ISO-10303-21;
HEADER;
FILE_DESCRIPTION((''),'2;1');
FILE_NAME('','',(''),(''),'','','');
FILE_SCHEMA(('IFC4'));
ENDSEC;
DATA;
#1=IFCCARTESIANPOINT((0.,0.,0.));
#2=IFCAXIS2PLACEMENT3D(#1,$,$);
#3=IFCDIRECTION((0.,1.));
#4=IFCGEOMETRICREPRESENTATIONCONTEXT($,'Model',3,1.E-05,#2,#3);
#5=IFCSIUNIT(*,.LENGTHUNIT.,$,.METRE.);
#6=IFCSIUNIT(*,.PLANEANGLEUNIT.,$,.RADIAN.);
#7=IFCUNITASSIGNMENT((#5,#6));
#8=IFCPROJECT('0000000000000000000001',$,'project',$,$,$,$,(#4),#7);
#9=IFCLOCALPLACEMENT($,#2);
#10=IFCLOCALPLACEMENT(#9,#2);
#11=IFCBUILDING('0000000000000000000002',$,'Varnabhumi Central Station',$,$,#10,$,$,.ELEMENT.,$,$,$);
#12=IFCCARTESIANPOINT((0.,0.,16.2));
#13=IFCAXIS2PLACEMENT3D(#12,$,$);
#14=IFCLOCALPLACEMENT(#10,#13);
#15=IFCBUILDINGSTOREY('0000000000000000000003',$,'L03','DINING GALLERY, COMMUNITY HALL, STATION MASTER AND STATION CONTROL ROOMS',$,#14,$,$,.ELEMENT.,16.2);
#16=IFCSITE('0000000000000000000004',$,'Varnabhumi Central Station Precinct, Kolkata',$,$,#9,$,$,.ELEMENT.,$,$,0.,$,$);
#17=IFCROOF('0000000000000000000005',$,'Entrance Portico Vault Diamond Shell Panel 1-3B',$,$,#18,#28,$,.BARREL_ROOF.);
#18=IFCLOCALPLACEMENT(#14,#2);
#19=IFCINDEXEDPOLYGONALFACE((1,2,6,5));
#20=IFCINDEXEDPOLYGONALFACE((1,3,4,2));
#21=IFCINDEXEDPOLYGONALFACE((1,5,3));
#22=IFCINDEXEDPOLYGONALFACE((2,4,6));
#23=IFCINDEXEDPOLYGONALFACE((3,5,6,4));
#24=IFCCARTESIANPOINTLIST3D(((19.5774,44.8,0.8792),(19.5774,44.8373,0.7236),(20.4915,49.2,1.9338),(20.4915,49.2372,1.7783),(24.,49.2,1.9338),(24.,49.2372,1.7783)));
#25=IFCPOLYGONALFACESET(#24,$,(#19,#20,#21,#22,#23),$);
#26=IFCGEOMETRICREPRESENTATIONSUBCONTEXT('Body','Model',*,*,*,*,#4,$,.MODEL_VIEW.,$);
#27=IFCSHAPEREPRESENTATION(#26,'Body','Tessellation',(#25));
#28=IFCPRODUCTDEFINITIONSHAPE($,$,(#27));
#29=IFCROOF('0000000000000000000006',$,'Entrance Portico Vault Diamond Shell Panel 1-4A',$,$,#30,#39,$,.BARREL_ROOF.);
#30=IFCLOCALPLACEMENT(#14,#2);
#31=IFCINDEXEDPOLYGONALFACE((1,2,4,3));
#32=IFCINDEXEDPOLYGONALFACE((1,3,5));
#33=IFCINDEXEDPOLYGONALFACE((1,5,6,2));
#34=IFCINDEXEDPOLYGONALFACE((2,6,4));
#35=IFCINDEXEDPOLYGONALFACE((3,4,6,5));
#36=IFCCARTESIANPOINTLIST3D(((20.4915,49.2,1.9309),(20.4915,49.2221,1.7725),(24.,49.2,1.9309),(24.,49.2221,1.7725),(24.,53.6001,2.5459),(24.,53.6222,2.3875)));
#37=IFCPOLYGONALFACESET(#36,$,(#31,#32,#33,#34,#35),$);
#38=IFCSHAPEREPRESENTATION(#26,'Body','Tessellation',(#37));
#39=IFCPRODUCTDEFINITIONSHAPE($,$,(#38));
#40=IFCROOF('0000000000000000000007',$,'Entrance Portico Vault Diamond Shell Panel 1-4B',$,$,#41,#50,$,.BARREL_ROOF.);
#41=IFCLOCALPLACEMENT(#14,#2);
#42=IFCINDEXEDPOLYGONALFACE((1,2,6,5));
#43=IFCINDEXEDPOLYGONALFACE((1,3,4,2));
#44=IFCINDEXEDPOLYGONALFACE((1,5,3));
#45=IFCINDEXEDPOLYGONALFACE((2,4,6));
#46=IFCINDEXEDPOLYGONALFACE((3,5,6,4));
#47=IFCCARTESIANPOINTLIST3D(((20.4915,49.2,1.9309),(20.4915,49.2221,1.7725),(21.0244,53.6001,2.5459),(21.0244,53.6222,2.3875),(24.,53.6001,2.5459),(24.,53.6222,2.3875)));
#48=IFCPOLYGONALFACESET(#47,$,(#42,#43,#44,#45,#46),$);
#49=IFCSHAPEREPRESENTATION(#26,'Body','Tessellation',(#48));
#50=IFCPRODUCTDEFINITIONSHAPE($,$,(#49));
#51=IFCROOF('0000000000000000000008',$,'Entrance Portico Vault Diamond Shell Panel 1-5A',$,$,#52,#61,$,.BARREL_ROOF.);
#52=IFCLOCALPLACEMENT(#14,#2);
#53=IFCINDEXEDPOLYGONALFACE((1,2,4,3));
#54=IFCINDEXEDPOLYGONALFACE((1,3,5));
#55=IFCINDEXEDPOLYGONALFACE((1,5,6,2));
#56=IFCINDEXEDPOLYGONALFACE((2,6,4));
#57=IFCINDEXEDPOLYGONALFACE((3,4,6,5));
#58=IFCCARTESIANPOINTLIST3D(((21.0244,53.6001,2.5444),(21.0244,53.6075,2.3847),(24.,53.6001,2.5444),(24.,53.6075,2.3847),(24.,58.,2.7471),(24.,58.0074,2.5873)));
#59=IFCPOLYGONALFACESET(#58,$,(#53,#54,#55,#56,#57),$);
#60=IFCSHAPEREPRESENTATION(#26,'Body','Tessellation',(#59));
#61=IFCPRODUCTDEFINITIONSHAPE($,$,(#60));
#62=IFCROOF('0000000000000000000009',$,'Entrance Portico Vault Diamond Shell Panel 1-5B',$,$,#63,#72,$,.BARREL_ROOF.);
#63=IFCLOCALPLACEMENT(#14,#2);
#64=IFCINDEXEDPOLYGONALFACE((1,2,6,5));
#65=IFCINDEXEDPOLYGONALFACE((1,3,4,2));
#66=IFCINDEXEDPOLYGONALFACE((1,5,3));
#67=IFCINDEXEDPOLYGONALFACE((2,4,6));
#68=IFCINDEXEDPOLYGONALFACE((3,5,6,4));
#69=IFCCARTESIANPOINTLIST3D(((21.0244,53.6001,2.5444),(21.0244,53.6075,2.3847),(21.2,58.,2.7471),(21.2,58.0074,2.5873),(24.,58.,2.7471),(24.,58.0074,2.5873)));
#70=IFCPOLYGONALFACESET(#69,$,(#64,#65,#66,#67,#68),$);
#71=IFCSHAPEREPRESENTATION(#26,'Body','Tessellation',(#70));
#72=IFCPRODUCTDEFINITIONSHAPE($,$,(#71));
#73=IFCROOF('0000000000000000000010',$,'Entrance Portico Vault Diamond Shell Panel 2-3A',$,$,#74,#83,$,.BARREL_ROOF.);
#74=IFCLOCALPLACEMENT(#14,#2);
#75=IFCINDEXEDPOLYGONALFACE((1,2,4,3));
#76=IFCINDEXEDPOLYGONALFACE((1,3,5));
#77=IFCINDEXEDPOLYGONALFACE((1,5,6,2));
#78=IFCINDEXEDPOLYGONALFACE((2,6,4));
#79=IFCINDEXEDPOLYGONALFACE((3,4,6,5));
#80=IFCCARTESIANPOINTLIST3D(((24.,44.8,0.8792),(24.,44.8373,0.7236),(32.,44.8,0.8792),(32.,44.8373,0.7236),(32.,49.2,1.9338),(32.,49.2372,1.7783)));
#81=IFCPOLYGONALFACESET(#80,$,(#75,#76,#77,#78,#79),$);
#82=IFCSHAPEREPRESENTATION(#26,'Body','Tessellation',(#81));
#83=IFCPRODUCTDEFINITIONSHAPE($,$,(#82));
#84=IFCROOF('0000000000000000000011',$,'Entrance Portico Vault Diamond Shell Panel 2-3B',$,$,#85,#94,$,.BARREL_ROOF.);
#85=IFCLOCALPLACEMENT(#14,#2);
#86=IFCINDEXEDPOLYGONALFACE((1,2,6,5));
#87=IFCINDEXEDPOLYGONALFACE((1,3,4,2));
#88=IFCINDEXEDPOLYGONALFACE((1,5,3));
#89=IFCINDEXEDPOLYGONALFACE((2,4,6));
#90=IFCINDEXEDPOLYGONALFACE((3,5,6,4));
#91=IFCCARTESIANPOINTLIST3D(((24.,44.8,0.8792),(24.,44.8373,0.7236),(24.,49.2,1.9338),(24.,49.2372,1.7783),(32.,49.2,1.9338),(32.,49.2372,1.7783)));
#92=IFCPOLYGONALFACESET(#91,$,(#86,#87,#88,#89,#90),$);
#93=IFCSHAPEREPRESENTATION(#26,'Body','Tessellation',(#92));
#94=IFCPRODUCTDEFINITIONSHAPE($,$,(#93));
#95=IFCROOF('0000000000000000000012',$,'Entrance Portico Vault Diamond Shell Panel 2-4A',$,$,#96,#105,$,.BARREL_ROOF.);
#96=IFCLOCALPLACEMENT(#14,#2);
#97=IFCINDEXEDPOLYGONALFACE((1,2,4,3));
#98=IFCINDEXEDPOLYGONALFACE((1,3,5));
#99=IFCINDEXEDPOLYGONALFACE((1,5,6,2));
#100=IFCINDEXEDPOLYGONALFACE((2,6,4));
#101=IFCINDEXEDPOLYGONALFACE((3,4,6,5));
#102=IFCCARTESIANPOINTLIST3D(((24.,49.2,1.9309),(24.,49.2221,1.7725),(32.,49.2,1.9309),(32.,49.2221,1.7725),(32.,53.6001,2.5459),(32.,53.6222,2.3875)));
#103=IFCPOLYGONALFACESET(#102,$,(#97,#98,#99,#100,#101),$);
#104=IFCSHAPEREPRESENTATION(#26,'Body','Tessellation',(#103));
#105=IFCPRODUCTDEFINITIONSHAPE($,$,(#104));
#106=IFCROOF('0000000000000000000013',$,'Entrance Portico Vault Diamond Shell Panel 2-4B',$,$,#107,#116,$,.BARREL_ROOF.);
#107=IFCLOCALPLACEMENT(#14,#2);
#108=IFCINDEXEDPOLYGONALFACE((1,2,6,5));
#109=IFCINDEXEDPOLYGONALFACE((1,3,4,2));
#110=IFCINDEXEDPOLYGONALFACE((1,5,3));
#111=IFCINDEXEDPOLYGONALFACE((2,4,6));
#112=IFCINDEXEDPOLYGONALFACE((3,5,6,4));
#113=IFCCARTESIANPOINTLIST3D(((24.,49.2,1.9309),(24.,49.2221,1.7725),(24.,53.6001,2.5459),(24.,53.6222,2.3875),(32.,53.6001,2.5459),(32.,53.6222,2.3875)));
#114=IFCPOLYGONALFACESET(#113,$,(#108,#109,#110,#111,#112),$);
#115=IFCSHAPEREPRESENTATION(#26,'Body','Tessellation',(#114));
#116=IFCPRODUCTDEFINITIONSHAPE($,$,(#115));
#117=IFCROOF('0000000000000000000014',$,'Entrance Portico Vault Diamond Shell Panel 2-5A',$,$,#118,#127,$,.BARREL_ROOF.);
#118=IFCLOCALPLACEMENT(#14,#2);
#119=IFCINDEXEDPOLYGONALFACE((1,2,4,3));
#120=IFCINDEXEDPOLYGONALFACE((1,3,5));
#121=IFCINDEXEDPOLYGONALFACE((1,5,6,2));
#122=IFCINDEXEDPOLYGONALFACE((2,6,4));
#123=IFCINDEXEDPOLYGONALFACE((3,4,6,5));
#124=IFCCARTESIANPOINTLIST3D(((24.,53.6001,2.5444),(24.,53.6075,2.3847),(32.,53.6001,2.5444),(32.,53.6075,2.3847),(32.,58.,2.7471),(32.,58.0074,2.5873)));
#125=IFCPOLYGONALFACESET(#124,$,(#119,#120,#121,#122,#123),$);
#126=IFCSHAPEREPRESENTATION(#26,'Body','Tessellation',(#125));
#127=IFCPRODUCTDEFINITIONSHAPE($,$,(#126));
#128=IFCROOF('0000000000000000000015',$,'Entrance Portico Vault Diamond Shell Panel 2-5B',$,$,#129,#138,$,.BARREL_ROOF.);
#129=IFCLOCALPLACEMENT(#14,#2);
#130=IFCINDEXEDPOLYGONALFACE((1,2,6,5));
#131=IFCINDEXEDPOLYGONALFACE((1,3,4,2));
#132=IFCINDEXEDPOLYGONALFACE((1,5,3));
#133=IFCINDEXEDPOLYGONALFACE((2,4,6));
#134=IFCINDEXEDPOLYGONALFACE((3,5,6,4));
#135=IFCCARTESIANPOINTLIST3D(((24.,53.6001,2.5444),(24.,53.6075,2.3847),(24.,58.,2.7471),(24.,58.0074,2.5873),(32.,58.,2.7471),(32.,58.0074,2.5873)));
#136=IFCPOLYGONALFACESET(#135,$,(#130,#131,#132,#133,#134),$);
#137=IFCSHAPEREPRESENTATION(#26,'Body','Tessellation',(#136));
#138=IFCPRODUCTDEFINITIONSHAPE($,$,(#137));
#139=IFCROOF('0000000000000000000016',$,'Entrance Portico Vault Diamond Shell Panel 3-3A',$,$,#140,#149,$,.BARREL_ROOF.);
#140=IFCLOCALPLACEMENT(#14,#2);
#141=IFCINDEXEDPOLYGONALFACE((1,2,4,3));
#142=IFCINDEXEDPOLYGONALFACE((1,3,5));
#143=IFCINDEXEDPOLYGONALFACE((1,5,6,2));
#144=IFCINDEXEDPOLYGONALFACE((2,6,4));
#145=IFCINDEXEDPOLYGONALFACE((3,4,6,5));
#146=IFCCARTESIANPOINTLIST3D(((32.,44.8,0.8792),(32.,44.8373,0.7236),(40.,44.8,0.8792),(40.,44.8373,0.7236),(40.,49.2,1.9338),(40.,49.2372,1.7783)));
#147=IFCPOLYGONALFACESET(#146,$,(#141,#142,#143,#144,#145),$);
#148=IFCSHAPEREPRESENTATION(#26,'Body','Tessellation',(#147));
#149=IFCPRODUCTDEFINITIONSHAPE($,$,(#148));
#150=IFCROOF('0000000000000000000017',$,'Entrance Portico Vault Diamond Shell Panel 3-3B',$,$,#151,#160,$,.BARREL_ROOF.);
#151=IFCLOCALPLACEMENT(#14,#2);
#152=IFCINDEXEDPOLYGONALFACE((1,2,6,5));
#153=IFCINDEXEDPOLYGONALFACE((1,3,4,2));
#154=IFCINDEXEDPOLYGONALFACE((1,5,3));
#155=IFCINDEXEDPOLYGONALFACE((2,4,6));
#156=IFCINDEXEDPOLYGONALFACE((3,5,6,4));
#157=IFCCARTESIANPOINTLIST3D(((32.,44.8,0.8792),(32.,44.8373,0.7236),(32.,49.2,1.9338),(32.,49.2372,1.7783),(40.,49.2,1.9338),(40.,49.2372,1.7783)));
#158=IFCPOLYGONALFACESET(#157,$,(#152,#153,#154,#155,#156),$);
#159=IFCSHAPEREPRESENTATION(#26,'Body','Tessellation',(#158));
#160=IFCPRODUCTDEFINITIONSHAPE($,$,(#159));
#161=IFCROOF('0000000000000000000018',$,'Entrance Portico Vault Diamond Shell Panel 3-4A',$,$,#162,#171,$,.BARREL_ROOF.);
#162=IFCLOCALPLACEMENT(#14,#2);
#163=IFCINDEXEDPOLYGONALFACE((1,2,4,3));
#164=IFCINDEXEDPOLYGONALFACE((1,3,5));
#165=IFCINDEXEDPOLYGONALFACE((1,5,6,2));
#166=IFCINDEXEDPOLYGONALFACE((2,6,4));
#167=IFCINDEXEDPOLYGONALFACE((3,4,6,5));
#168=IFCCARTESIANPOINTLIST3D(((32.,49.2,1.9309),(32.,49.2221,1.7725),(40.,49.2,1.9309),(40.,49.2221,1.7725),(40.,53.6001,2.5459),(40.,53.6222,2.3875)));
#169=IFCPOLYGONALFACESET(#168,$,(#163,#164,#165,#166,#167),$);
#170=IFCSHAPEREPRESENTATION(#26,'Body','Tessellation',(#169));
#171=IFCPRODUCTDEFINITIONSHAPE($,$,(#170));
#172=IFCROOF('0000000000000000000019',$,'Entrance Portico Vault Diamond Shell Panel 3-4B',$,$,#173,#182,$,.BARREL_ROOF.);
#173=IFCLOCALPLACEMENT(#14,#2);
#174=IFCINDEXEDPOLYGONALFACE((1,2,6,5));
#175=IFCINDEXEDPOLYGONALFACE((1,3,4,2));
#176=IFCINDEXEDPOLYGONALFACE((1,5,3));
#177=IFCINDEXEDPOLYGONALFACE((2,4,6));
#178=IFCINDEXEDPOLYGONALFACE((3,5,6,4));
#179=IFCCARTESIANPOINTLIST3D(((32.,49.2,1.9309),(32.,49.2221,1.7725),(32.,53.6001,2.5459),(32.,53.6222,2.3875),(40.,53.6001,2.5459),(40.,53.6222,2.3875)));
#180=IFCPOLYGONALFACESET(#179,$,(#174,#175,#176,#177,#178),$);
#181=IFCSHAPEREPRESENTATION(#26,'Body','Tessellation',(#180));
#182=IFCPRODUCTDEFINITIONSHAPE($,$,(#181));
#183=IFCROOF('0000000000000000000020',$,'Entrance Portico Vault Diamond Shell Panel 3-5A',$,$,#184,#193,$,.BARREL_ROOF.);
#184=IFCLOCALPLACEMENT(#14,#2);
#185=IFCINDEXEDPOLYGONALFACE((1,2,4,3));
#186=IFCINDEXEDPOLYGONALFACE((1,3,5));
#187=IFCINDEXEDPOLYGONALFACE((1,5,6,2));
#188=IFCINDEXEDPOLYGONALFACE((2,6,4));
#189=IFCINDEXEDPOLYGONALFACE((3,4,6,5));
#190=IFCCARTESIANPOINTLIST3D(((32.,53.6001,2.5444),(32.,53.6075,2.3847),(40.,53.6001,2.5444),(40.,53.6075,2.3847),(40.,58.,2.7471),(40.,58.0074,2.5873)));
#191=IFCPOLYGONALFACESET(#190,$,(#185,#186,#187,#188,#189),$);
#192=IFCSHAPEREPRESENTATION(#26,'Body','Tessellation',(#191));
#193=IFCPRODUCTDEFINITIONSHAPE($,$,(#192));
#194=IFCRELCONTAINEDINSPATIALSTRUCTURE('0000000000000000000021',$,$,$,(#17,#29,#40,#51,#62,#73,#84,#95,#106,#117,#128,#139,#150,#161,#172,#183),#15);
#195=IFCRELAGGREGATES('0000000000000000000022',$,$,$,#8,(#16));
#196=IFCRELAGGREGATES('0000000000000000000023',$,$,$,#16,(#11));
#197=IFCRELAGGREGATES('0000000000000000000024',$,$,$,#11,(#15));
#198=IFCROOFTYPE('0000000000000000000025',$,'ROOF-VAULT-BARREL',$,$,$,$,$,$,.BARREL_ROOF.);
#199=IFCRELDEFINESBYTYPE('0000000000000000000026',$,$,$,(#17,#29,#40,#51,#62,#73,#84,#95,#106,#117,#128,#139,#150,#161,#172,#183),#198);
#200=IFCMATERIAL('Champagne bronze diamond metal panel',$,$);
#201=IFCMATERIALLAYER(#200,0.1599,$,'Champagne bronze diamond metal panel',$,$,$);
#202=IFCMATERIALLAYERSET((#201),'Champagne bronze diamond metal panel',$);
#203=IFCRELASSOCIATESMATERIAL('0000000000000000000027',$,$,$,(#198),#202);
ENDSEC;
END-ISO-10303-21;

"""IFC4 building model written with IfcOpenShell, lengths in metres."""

from ifc_helpers import new_model, si_unit, direction, frame, origin, place, context, subcontext, project, spatial, polyline, outline, extrude, material, layer, layer_set, type_object, element, save


model = new_model("IFC4")

# Units and contexts
model_context = context("Model", 3, precision=1e-05, world=origin(), true_north=direction((0.0, 1.0)))
body_context = subcontext(model_context, "Body", "Model", "MODEL_VIEW")
ifc_project = project(units=[si_unit("LENGTHUNIT", "METRE"), si_unit("PLANEANGLEUNIT", "RADIAN")], contexts=[model_context])

# Site, building, storey
site_placement = place(None, origin())
site = spatial("IfcSite", under=ifc_project, at=site_placement, Name="Varnabhumi Central Station Precinct, Kolkata", CompositionType="ELEMENT", RefElevation=0.0)
building_placement = place(site_placement, origin())
building = spatial("IfcBuilding", under=site, at=building_placement, Name="Varnabhumi Central Station", CompositionType="ELEMENT")
storey_placement = place(building_placement, frame((0.0, 0.0, 16.2)))
storey = spatial("IfcBuildingStorey", under=building, at=storey_placement, Name="L03", Description="DINING GALLERY, COMMUNITY HALL, STATION MASTER AND STATION CONTROL ROOMS", CompositionType="ELEMENT", Elevation=16.2)

# Roofs
ifc_material_1 = material(Name="Champagne bronze diamond metal panel")
ifc_layer_1 = layer(ifc_material_1, 0.1599, Name="Champagne bronze diamond metal panel")
ifc_layer_set_1 = layer_set([ifc_layer_1], Name="Champagne bronze diamond metal panel")
roof_type = type_object("IfcRoofType", Name="ROOF-VAULT-BARREL", PredefinedType="BARREL_ROOF", material=ifc_layer_set_1)
roof_1_placement = place(storey_placement, frame((19.5774, 44.8, 0.8792), z_axis=(0.0, -0.233104, 0.972452), x_axis=(0.699005, 0.695417, 0.166696)))
element("IfcRoof", 1, at=roof_1_placement, inside=storey, type_object=roof_type, Name="Entrance Portico Vault Diamond Shell Panel 1-3B", PredefinedType="BARREL_ROOF", context=body_context, shape_type="SweptSolid", body=[
    extrude(outline(polyline([(0.0, 0.0), (6.327, 0.0), (3.8745, 2.509), (0.0, 0.0)])), origin(), (0.0, 0.0, -1.0), 0.1599),
])
roof_2_placement = place(storey_placement, frame((20.4915, 49.2, 1.9309), z_axis=(0.0, -0.13842, 0.990374), x_axis=(1.0, 0.0, 0.0)))
element("IfcRoof", 2, at=roof_2_placement, inside=storey, type_object=roof_type, Name="Entrance Portico Vault Diamond Shell Panel 1-4A", PredefinedType="BARREL_ROOF", context=body_context, shape_type="SweptSolid", body=[
    extrude(outline(polyline([(0.0, 0.0), (3.5085, 0.0), (3.5085, 4.4429), (0.0, 0.0)])), origin(), (0.0, 0.0, -1.0), 0.1599),
])
roof_3_placement = place(storey_placement, frame((20.4915, 49.2, 1.9309), z_axis=(0.0, -0.13842, 0.990374), x_axis=(0.619751, 0.777244, 0.108632)))
element("IfcRoof", 3, at=roof_3_placement, inside=storey, type_object=roof_type, Name="Entrance Portico Vault Diamond Shell Panel 1-4B", PredefinedType="BARREL_ROOF", context=body_context, shape_type="SweptSolid", body=[
    extrude(outline(polyline([(0.0, 0.0), (5.6612, 0.0), (3.8171, 2.3352), (0.0, 0.0)])), origin(), (0.0, 0.0, -1.0), 0.1599),
])
roof_4_placement = place(storey_placement, frame((21.0244, 53.6001, 2.5444), z_axis=(0.0, -0.046006, 0.998941), x_axis=(1.0, 0.0, 0.0)))
element("IfcRoof", 4, at=roof_4_placement, inside=storey, type_object=roof_type, Name="Entrance Portico Vault Diamond Shell Panel 1-5A", PredefinedType="BARREL_ROOF", context=body_context, shape_type="SweptSolid", body=[
    extrude(outline(polyline([(0.0, 0.0), (2.9756, 0.0), (2.9756, 4.4046), (0.0, 0.0)])), origin(), (0.0, 0.0, -1.0), 0.1599),
])
roof_5_placement = place(storey_placement, frame((21.0244, 53.6001, 2.5444), z_axis=(0.0, -0.046006, 0.998941), x_axis=(0.559796, 0.827753, 0.038122)))
element("IfcRoof", 5, at=roof_5_placement, inside=storey, type_object=roof_type, Name="Entrance Portico Vault Diamond Shell Panel 1-5B", PredefinedType="BARREL_ROOF", context=body_context, shape_type="SweptSolid", body=[
    extrude(outline(polyline([(0.0, 0.0), (5.3155, 0.0), (3.748, 2.3202), (0.0, 0.0)])), origin(), (0.0, 0.0, -1.0), 0.1599),
])
roof_6_placement = place(storey_placement, frame((24.0, 44.8, 0.8792), z_axis=(0.0, -0.233104, 0.972452), x_axis=(1.0, 0.0, 0.0)))
element("IfcRoof", 6, at=roof_6_placement, inside=storey, type_object=roof_type, Name="Entrance Portico Vault Diamond Shell Panel 2-3A", PredefinedType="BARREL_ROOF", context=body_context, shape_type="SweptSolid", body=[
    extrude(outline(polyline([(0.0, 0.0), (8.0, 0.0), (8.0, 4.5245), (0.0, 0.0)])), origin(), (0.0, 0.0, -1.0), 0.1599),
])
roof_7_placement = place(storey_placement, frame((24.0, 44.8, 0.8792), z_axis=(0.0, -0.233104, 0.972452), x_axis=(0.870432, 0.478727, 0.114754)))
element("IfcRoof", 7, at=roof_7_placement, inside=storey, type_object=roof_type, Name="Entrance Portico Vault Diamond Shell Panel 2-3B", PredefinedType="BARREL_ROOF", context=body_context, shape_type="SweptSolid", body=[
    extrude(outline(polyline([(0.0, 0.0), (9.1908, 0.0), (2.2274, 3.9383), (0.0, 0.0)])), origin(), (0.0, 0.0, -1.0), 0.1599),
])
roof_8_placement = place(storey_placement, frame((24.0, 49.2, 1.9309), z_axis=(0.0, -0.13842, 0.990374), x_axis=(1.0, 0.0, 0.0)))
element("IfcRoof", 8, at=roof_8_placement, inside=storey, type_object=roof_type, Name="Entrance Portico Vault Diamond Shell Panel 2-4A", PredefinedType="BARREL_ROOF", context=body_context, shape_type="SweptSolid", body=[
    extrude(outline(polyline([(0.0, 0.0), (8.0, 0.0), (8.0, 4.4429), (0.0, 0.0)])), origin(), (0.0, 0.0, -1.0), 0.1599),
])
roof_9_placement = place(storey_placement, frame((24.0, 49.2, 1.9309), z_axis=(0.0, -0.13842, 0.990374), x_axis=(0.874228, 0.480842, 0.067205)))
element("IfcRoof", 9, at=roof_9_placement, inside=storey, type_object=roof_type, Name="Entrance Portico Vault Diamond Shell Panel 2-4B", PredefinedType="BARREL_ROOF", context=body_context, shape_type="SweptSolid", body=[
    extrude(outline(polyline([(0.0, 0.0), (9.1509, 0.0), (2.1571, 3.8841), (0.0, 0.0)])), origin(), (0.0, 0.0, -1.0), 0.1599),
])
roof_10_placement = place(storey_placement, frame((24.0, 53.6001, 2.5444), z_axis=(0.0, -0.046006, 0.998941), x_axis=(1.0, 0.0, 0.0)))
element("IfcRoof", 10, at=roof_10_placement, inside=storey, type_object=roof_type, Name="Entrance Portico Vault Diamond Shell Panel 2-5A", PredefinedType="BARREL_ROOF", context=body_context, shape_type="SweptSolid", body=[
    extrude(outline(polyline([(0.0, 0.0), (8.0, 0.0), (8.0, 4.4046), (0.0, 0.0)])), origin(), (0.0, 0.0, -1.0), 0.1599),
])
roof_11_placement = place(storey_placement, frame((24.0, 53.6001, 2.5444), z_axis=(0.0, -0.046006, 0.998941), x_axis=(0.876005, 0.481792, 0.022189)))
element("IfcRoof", 11, at=roof_11_placement, inside=storey, type_object=roof_type, Name="Entrance Portico Vault Diamond Shell Panel 2-5B", PredefinedType="BARREL_ROOF", context=body_context, shape_type="SweptSolid", body=[
    extrude(outline(polyline([(0.0, 0.0), (9.1324, 0.0), (2.1243, 3.8584), (0.0, 0.0)])), origin(), (0.0, 0.0, -1.0), 0.1599),
])
roof_12_placement = place(storey_placement, frame((32.0, 44.8, 0.8792), z_axis=(0.0, -0.233104, 0.972452), x_axis=(1.0, 0.0, 0.0)))
element("IfcRoof", 12, at=roof_12_placement, inside=storey, type_object=roof_type, Name="Entrance Portico Vault Diamond Shell Panel 3-3A", PredefinedType="BARREL_ROOF", context=body_context, shape_type="SweptSolid", body=[
    extrude(outline(polyline([(0.0, 0.0), (8.0, 0.0), (8.0, 4.5245), (0.0, 0.0)])), origin(), (0.0, 0.0, -1.0), 0.1599),
])
roof_13_placement = place(storey_placement, frame((32.0, 44.8, 0.8792), z_axis=(0.0, -0.233104, 0.972452), x_axis=(0.870432, 0.478727, 0.114754)))
element("IfcRoof", 13, at=roof_13_placement, inside=storey, type_object=roof_type, Name="Entrance Portico Vault Diamond Shell Panel 3-3B", PredefinedType="BARREL_ROOF", context=body_context, shape_type="SweptSolid", body=[
    extrude(outline(polyline([(0.0, 0.0), (9.1908, 0.0), (2.2274, 3.9383), (0.0, 0.0)])), origin(), (0.0, 0.0, -1.0), 0.1599),
])
roof_14_placement = place(storey_placement, frame((32.0, 49.2, 1.9309), z_axis=(0.0, -0.13842, 0.990374), x_axis=(1.0, 0.0, 0.0)))
element("IfcRoof", 14, at=roof_14_placement, inside=storey, type_object=roof_type, Name="Entrance Portico Vault Diamond Shell Panel 3-4A", PredefinedType="BARREL_ROOF", context=body_context, shape_type="SweptSolid", body=[
    extrude(outline(polyline([(0.0, 0.0), (8.0, 0.0), (8.0, 4.4429), (0.0, 0.0)])), origin(), (0.0, 0.0, -1.0), 0.1599),
])
roof_15_placement = place(storey_placement, frame((32.0, 49.2, 1.9309), z_axis=(0.0, -0.13842, 0.990374), x_axis=(0.874228, 0.480842, 0.067205)))
element("IfcRoof", 15, at=roof_15_placement, inside=storey, type_object=roof_type, Name="Entrance Portico Vault Diamond Shell Panel 3-4B", PredefinedType="BARREL_ROOF", context=body_context, shape_type="SweptSolid", body=[
    extrude(outline(polyline([(0.0, 0.0), (9.1509, 0.0), (2.1571, 3.8841), (0.0, 0.0)])), origin(), (0.0, 0.0, -1.0), 0.1599),
])
roof_16_placement = place(storey_placement, frame((32.0, 53.6001, 2.5444), z_axis=(0.0, -0.046006, 0.998941), x_axis=(1.0, 0.0, 0.0)))
element("IfcRoof", 16, at=roof_16_placement, inside=storey, type_object=roof_type, Name="Entrance Portico Vault Diamond Shell Panel 3-5A", PredefinedType="BARREL_ROOF", context=body_context, shape_type="SweptSolid", body=[
    extrude(outline(polyline([(0.0, 0.0), (8.0, 0.0), (8.0, 4.4046), (0.0, 0.0)])), origin(), (0.0, 0.0, -1.0), 0.1599),
])

save(model, "model.ifc")
